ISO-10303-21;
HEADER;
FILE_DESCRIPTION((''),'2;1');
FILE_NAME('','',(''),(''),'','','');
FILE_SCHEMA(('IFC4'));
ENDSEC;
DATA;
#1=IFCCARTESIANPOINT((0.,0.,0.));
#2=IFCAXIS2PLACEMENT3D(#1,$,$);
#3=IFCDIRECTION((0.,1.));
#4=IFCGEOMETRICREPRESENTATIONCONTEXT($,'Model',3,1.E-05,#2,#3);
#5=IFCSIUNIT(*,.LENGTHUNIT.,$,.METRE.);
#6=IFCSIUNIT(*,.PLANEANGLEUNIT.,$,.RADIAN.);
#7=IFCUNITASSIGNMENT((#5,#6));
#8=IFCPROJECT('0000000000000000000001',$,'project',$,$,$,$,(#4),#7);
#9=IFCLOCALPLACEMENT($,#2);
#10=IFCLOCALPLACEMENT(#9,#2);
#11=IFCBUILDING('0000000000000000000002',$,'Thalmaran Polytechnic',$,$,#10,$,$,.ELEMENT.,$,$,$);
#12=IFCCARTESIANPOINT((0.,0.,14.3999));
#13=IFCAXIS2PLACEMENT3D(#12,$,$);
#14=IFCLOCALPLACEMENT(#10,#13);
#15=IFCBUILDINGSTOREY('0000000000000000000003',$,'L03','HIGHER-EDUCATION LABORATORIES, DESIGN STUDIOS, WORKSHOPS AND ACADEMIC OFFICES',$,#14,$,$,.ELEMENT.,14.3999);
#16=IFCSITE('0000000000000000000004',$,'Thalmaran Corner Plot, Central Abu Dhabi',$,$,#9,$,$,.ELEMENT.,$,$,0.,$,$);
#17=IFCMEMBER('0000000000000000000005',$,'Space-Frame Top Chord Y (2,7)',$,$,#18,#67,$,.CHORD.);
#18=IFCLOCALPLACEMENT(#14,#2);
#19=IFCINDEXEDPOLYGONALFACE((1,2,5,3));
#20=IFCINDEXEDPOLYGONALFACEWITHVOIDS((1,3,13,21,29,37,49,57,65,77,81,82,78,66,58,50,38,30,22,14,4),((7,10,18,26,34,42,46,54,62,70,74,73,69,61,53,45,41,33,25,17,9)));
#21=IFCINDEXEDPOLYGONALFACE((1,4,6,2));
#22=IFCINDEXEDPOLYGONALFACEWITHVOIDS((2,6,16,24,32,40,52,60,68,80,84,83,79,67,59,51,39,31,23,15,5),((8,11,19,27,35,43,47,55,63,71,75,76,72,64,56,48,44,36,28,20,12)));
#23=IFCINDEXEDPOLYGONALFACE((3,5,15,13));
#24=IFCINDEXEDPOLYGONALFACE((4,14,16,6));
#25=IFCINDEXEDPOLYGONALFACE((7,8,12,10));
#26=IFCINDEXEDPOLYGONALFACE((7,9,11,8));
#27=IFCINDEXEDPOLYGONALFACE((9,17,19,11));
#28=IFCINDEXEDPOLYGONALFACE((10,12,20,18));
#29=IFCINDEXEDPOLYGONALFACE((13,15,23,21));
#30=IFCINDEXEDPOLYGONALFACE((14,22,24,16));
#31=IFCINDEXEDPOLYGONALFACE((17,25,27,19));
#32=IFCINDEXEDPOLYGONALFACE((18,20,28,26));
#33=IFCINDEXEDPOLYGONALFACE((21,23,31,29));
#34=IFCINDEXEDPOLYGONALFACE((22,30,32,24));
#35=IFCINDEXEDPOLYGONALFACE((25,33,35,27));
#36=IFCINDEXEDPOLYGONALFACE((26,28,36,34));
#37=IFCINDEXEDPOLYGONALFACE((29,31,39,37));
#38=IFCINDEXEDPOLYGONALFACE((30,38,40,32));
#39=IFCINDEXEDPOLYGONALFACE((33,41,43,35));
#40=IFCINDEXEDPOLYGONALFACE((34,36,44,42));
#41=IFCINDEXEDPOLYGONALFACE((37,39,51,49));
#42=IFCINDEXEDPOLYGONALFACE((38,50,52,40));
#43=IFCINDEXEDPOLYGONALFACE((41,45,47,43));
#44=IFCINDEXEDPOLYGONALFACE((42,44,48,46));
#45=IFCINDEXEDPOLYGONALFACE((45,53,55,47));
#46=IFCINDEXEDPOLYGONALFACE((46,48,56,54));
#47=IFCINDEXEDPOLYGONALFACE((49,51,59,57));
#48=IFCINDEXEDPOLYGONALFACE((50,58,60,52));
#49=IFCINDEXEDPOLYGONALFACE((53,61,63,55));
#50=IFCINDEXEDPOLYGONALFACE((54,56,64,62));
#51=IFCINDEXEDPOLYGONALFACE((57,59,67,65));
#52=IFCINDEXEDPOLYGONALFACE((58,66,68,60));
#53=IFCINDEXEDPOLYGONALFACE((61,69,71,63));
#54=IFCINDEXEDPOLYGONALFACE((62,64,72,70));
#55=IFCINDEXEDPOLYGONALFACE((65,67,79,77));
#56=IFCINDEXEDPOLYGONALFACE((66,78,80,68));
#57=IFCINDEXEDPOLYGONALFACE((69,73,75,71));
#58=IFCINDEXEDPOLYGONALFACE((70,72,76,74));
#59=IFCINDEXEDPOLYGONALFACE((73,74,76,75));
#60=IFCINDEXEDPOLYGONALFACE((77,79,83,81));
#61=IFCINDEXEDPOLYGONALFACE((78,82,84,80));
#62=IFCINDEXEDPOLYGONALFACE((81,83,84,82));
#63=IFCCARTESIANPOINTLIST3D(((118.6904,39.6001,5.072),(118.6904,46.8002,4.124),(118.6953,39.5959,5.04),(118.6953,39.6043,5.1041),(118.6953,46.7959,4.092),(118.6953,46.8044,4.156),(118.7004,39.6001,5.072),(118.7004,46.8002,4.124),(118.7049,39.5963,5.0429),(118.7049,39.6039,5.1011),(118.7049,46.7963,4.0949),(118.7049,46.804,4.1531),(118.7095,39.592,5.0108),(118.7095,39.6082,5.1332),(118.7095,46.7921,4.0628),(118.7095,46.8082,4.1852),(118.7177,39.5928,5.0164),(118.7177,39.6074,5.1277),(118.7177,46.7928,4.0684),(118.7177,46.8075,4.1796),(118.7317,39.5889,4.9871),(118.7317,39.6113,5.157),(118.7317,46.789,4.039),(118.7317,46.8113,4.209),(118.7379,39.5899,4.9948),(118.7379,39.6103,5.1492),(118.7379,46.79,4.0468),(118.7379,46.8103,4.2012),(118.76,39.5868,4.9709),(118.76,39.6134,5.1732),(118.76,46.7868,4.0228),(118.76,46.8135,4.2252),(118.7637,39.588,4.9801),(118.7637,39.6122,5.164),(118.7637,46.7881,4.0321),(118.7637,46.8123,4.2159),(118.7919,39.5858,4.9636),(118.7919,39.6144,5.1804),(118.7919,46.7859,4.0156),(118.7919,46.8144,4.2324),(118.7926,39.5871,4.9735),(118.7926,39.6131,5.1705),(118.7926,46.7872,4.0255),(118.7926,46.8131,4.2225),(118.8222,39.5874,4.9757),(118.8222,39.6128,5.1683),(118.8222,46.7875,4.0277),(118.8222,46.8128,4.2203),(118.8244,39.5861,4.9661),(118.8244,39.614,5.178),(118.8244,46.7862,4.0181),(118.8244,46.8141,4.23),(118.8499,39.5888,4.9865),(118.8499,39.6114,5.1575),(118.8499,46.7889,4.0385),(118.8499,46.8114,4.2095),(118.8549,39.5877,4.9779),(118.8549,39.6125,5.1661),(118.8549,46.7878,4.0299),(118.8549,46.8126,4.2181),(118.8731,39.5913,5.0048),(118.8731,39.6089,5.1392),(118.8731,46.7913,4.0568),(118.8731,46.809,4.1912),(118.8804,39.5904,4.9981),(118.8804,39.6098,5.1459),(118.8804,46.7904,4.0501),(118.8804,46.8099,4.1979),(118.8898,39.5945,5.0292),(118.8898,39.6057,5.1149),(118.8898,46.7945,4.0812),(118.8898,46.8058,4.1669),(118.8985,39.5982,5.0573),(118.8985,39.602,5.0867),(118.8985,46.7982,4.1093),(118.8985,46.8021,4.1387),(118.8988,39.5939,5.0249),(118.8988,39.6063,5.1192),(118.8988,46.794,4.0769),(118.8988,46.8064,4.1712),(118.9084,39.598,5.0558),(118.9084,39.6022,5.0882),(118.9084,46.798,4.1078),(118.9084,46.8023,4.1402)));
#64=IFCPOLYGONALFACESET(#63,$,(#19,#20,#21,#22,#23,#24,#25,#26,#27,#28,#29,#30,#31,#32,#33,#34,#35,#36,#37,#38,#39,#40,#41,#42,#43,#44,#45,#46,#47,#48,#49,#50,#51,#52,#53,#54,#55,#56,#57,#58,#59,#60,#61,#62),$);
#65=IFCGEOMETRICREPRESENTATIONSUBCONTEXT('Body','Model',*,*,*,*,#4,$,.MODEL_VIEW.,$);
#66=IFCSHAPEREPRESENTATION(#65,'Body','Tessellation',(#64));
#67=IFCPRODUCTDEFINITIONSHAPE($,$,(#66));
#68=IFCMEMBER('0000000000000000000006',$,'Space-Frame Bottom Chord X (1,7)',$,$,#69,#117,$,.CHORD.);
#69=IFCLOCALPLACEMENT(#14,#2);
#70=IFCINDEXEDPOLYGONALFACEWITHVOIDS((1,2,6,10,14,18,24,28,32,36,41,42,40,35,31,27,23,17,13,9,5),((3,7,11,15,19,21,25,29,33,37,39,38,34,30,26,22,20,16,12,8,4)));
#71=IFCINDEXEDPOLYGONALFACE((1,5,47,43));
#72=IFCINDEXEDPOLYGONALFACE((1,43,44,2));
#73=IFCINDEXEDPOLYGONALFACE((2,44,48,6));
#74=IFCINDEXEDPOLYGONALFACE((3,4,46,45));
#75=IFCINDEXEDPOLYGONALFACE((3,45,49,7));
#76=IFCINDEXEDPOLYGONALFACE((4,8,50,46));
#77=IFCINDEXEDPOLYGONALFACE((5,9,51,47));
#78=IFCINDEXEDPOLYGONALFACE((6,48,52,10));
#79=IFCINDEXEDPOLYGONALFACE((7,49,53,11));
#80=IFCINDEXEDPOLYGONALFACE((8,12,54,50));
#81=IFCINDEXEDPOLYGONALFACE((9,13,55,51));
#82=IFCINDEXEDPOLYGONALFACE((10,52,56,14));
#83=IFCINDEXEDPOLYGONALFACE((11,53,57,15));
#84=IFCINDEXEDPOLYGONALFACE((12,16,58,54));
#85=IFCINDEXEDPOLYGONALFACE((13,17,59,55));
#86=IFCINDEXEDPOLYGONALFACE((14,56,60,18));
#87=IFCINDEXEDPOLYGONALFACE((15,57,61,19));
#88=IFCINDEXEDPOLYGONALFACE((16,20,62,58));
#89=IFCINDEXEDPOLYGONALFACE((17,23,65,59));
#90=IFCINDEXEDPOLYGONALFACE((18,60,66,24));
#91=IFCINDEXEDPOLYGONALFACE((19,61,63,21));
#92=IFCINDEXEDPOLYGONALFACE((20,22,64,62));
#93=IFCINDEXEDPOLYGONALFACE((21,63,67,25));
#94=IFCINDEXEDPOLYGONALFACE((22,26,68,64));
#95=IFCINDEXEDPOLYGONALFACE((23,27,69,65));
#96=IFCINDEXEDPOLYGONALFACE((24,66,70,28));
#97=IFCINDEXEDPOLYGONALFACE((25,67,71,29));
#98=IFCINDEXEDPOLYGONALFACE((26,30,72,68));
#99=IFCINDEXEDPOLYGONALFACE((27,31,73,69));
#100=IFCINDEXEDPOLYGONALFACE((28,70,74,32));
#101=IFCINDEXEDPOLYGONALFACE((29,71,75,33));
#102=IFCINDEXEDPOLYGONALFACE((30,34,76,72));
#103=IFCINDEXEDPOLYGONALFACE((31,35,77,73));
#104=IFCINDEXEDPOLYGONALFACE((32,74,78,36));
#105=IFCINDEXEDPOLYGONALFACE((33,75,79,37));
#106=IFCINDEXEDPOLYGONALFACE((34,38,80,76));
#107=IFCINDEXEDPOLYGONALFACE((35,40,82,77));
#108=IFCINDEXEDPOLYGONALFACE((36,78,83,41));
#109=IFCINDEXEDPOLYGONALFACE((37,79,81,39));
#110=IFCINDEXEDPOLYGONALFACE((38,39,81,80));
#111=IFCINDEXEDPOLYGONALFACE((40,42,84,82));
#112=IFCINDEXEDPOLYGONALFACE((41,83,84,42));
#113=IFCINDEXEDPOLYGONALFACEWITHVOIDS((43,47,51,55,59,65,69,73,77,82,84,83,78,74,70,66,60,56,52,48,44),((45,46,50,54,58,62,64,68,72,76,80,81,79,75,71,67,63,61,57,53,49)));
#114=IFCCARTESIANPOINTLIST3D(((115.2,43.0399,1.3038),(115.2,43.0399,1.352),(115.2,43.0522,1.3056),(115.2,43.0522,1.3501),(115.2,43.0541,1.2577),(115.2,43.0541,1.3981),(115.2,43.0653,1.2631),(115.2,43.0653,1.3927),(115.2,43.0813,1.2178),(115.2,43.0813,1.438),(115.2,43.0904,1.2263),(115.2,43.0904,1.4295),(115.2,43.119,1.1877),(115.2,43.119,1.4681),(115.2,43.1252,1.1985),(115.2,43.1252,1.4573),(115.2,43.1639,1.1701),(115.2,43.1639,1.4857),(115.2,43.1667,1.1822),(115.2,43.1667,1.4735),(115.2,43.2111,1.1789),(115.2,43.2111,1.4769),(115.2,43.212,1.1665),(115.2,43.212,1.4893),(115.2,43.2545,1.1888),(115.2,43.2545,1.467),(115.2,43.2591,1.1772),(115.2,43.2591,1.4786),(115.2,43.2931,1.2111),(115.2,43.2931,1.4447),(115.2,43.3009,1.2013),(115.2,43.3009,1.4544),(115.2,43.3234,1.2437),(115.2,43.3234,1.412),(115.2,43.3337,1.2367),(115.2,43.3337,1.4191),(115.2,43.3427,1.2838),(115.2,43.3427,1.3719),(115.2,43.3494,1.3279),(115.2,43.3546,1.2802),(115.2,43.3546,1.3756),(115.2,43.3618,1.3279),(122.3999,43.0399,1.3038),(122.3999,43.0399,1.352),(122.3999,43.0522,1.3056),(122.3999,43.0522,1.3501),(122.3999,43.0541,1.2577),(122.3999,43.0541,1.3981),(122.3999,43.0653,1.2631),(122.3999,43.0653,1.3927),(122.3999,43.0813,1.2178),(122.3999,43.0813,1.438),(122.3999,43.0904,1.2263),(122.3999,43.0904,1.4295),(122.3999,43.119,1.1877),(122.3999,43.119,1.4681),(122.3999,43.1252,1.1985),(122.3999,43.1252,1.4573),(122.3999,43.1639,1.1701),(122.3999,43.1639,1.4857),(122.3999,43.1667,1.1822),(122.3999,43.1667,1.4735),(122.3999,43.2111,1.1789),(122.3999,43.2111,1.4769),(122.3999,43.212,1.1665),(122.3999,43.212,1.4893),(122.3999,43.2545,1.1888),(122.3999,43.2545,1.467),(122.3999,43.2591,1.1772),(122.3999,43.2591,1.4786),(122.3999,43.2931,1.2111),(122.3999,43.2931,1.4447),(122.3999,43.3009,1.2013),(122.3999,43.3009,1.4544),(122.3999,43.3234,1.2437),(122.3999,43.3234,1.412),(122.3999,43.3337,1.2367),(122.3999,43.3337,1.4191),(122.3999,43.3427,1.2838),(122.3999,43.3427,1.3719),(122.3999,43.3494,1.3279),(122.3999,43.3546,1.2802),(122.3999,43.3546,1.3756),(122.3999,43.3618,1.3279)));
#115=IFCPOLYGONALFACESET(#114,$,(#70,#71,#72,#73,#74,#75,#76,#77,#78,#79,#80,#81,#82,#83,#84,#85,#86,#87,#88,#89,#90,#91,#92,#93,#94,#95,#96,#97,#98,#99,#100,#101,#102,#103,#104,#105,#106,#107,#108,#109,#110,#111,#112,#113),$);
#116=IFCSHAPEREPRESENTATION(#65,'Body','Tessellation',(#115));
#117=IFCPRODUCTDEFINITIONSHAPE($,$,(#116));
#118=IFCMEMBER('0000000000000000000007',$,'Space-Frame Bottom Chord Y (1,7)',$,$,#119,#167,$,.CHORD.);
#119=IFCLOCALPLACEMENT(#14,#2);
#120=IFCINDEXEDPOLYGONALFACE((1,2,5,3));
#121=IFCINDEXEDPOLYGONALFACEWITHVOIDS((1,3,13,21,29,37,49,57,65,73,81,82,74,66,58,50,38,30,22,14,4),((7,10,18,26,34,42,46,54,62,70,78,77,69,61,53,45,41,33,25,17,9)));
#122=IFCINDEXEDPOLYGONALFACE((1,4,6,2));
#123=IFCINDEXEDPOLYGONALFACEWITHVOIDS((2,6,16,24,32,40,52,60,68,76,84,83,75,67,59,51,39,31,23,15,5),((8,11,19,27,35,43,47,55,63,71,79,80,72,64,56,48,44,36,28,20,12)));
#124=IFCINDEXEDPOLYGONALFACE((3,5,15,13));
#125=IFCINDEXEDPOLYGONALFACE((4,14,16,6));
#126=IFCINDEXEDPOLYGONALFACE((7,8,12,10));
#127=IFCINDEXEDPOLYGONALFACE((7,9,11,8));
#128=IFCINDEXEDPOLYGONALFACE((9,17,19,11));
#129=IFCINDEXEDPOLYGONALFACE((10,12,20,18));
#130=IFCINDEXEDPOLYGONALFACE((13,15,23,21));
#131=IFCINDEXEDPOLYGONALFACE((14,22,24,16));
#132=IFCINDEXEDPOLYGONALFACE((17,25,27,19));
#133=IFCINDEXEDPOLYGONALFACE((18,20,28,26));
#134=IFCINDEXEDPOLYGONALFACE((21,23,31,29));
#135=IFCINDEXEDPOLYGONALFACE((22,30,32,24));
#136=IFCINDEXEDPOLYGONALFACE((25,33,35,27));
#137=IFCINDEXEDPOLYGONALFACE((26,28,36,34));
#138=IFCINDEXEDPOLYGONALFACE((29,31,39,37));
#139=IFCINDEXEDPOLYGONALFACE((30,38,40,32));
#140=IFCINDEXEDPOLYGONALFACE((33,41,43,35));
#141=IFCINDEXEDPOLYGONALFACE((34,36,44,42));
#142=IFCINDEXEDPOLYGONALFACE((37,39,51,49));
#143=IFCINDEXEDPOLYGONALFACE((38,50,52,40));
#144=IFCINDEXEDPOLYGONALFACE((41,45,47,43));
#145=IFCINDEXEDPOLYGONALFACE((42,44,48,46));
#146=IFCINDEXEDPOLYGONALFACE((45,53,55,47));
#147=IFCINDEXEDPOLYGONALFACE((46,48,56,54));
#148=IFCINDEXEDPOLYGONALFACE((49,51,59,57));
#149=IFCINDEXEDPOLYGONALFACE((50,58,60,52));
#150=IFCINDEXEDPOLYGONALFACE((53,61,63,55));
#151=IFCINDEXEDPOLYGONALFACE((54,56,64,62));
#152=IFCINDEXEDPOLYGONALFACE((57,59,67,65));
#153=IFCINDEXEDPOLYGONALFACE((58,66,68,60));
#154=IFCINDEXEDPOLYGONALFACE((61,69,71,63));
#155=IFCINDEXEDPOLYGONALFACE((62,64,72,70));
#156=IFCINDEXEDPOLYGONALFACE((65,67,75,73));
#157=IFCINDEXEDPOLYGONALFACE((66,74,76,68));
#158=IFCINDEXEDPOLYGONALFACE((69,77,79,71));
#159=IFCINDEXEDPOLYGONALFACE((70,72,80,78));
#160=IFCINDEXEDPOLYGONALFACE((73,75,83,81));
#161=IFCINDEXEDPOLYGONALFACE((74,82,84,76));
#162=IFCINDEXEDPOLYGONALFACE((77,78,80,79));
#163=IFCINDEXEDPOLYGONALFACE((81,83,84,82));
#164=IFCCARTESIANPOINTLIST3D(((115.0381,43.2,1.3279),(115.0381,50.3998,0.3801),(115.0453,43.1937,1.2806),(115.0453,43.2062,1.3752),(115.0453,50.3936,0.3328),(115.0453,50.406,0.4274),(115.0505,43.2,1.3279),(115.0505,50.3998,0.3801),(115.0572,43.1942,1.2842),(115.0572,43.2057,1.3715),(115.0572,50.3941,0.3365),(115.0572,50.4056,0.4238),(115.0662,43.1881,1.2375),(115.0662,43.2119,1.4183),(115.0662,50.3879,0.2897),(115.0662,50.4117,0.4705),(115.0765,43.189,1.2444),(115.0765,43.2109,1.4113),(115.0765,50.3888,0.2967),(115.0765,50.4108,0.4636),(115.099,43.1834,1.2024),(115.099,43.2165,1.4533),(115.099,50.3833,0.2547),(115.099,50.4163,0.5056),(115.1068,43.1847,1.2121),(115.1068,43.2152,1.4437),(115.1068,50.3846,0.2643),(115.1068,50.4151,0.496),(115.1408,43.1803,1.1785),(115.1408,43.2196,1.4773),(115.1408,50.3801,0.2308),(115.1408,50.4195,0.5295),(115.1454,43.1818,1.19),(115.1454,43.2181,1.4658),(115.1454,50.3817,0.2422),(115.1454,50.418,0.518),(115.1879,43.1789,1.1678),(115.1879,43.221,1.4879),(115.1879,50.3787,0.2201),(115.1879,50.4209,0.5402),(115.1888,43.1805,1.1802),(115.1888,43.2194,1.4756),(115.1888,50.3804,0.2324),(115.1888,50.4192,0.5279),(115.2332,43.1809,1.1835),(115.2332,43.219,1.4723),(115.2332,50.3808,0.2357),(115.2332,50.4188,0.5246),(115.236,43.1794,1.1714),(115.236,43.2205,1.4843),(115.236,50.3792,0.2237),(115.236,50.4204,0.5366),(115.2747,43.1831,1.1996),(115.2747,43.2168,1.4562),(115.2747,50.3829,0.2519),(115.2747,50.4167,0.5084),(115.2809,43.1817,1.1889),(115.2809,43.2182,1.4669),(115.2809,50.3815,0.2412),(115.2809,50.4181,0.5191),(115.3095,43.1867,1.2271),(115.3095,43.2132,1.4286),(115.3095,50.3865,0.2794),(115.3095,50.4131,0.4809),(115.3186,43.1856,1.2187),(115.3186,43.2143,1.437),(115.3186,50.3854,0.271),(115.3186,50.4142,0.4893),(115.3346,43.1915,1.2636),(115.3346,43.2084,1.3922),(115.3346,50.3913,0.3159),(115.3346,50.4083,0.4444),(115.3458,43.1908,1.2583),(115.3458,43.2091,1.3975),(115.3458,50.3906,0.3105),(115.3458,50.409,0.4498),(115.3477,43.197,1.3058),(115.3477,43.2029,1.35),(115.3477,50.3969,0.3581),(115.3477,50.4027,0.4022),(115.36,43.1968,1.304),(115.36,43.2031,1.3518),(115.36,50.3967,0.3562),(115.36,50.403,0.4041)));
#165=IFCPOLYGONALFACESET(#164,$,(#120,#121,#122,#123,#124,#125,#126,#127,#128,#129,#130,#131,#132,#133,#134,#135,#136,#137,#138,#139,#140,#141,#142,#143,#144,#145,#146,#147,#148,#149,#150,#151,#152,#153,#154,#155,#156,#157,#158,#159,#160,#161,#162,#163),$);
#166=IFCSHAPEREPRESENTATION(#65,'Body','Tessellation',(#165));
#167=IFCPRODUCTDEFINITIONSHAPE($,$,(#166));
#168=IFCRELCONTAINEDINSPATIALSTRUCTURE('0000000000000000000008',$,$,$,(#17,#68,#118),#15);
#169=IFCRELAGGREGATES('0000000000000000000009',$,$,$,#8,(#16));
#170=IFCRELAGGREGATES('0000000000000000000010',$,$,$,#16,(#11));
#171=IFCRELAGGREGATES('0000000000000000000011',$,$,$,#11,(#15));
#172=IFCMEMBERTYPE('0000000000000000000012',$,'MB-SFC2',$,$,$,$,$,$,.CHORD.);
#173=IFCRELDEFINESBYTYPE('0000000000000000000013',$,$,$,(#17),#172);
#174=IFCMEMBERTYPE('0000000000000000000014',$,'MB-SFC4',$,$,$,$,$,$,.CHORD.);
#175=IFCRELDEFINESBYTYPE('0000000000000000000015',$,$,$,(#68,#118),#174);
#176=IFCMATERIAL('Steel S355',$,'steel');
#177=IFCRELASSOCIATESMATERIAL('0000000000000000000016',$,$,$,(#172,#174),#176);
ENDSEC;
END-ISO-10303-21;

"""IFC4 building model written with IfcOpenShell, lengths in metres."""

from ifc_helpers import new_model, si_unit, direction, frame, origin, origin_2d, place, context, subcontext, project, spatial, hollow_circle, extrude, material, material_profile, profile_set, type_object, element, save


model = new_model("IFC4")

# Units and contexts
model_context = context("Model", 3, precision=1e-05, world=origin(), true_north=direction((0.0, 1.0)))
body_context = subcontext(model_context, "Body", "Model", "MODEL_VIEW")
ifc_project = project(units=[si_unit("LENGTHUNIT", "METRE"), si_unit("PLANEANGLEUNIT", "RADIAN")], contexts=[model_context])

# Site, building, storey
site_placement = place(None, origin())
site = spatial("IfcSite", under=ifc_project, at=site_placement, Name="Thalmaran Corner Plot, Central Abu Dhabi", CompositionType="ELEMENT", RefElevation=0.0)
building_placement = place(site_placement, origin())
building = spatial("IfcBuilding", under=site, at=building_placement, Name="Thalmaran Polytechnic", CompositionType="ELEMENT")
storey_placement = place(building_placement, frame((0.0, 0.0, 14.3999)))
storey = spatial("IfcBuildingStorey", under=building, at=storey_placement, Name="L03", Description="HIGHER-EDUCATION LABORATORIES, DESIGN STUDIOS, WORKSHOPS AND ACADEMIC OFFICES", CompositionType="ELEMENT", Elevation=14.3999)

# Shared definitions
ifc_material_1 = material(Name="Steel S355", Category="steel")

# Members
ifc_material_profile_1 = material_profile(ifc_material_1, hollow_circle(Radius=0.1096, WallThickness=0.01, at=origin_2d()), Name="CHS 219.1x10.0")
ifc_profile_set_1 = profile_set([ifc_material_profile_1], Name="Steel S355")
member_type_1 = type_object("IfcMemberType", Name="MB-SFC2", PredefinedType="CHORD", material=ifc_profile_set_1)
member_1_placement = place(storey_placement, frame((118.8, 39.6001, 5.072), z_axis=(0.0, 0.991443, -0.130541), x_axis=(-1.0, 0.0, 0.0)))
element("IfcMember", 1, at=member_1_placement, inside=storey, type_object=member_type_1, Name="Space-Frame Top Chord Y (2,7)", PredefinedType="CHORD", context=body_context, shape_type="SweptSolid", body=[
    extrude(hollow_circle(Radius=0.1096, WallThickness=0.01, at=origin_2d()), origin(), (0.0, 0.0, 1.0), 7.2622),
])
ifc_material_profile_2 = material_profile(ifc_material_1, hollow_circle(Radius=0.1619, WallThickness=0.0125, at=origin_2d()), Name="CHS 323.9x12.5")
ifc_profile_set_2 = profile_set([ifc_material_profile_2], Name="Steel S355")
member_type_2 = type_object("IfcMemberType", Name="MB-SFC4", PredefinedType="CHORD", material=ifc_profile_set_2)
member_2_placement = place(storey_placement, frame((115.2, 43.2, 1.3279), z_axis=(1.0, 0.0, 0.0), x_axis=(0.0, 1.0, 0.0)))
element("IfcMember", 2, at=member_2_placement, inside=storey, type_object=member_type_2, Name="Space-Frame Bottom Chord X (1,7)", PredefinedType="CHORD", context=body_context, shape_type="SweptSolid", body=[
    extrude(hollow_circle(Radius=0.1619, WallThickness=0.0125, at=origin_2d()), origin(), (0.0, 0.0, 1.0), 7.2),
])
member_3_placement = place(storey_placement, frame((115.2, 43.2, 1.3279), z_axis=(0.0, 0.991447, -0.130508), x_axis=(-1.0, 0.0, 0.0)))
element("IfcMember", 3, at=member_3_placement, inside=storey, type_object=member_type_2, Name="Space-Frame Bottom Chord Y (1,7)", PredefinedType="CHORD", context=body_context, shape_type="SweptSolid", body=[
    extrude(hollow_circle(Radius=0.1619, WallThickness=0.0125, at=origin_2d()), origin(), (0.0, 0.0, 1.0), 7.262),
])

save(model, "model.ifc")
